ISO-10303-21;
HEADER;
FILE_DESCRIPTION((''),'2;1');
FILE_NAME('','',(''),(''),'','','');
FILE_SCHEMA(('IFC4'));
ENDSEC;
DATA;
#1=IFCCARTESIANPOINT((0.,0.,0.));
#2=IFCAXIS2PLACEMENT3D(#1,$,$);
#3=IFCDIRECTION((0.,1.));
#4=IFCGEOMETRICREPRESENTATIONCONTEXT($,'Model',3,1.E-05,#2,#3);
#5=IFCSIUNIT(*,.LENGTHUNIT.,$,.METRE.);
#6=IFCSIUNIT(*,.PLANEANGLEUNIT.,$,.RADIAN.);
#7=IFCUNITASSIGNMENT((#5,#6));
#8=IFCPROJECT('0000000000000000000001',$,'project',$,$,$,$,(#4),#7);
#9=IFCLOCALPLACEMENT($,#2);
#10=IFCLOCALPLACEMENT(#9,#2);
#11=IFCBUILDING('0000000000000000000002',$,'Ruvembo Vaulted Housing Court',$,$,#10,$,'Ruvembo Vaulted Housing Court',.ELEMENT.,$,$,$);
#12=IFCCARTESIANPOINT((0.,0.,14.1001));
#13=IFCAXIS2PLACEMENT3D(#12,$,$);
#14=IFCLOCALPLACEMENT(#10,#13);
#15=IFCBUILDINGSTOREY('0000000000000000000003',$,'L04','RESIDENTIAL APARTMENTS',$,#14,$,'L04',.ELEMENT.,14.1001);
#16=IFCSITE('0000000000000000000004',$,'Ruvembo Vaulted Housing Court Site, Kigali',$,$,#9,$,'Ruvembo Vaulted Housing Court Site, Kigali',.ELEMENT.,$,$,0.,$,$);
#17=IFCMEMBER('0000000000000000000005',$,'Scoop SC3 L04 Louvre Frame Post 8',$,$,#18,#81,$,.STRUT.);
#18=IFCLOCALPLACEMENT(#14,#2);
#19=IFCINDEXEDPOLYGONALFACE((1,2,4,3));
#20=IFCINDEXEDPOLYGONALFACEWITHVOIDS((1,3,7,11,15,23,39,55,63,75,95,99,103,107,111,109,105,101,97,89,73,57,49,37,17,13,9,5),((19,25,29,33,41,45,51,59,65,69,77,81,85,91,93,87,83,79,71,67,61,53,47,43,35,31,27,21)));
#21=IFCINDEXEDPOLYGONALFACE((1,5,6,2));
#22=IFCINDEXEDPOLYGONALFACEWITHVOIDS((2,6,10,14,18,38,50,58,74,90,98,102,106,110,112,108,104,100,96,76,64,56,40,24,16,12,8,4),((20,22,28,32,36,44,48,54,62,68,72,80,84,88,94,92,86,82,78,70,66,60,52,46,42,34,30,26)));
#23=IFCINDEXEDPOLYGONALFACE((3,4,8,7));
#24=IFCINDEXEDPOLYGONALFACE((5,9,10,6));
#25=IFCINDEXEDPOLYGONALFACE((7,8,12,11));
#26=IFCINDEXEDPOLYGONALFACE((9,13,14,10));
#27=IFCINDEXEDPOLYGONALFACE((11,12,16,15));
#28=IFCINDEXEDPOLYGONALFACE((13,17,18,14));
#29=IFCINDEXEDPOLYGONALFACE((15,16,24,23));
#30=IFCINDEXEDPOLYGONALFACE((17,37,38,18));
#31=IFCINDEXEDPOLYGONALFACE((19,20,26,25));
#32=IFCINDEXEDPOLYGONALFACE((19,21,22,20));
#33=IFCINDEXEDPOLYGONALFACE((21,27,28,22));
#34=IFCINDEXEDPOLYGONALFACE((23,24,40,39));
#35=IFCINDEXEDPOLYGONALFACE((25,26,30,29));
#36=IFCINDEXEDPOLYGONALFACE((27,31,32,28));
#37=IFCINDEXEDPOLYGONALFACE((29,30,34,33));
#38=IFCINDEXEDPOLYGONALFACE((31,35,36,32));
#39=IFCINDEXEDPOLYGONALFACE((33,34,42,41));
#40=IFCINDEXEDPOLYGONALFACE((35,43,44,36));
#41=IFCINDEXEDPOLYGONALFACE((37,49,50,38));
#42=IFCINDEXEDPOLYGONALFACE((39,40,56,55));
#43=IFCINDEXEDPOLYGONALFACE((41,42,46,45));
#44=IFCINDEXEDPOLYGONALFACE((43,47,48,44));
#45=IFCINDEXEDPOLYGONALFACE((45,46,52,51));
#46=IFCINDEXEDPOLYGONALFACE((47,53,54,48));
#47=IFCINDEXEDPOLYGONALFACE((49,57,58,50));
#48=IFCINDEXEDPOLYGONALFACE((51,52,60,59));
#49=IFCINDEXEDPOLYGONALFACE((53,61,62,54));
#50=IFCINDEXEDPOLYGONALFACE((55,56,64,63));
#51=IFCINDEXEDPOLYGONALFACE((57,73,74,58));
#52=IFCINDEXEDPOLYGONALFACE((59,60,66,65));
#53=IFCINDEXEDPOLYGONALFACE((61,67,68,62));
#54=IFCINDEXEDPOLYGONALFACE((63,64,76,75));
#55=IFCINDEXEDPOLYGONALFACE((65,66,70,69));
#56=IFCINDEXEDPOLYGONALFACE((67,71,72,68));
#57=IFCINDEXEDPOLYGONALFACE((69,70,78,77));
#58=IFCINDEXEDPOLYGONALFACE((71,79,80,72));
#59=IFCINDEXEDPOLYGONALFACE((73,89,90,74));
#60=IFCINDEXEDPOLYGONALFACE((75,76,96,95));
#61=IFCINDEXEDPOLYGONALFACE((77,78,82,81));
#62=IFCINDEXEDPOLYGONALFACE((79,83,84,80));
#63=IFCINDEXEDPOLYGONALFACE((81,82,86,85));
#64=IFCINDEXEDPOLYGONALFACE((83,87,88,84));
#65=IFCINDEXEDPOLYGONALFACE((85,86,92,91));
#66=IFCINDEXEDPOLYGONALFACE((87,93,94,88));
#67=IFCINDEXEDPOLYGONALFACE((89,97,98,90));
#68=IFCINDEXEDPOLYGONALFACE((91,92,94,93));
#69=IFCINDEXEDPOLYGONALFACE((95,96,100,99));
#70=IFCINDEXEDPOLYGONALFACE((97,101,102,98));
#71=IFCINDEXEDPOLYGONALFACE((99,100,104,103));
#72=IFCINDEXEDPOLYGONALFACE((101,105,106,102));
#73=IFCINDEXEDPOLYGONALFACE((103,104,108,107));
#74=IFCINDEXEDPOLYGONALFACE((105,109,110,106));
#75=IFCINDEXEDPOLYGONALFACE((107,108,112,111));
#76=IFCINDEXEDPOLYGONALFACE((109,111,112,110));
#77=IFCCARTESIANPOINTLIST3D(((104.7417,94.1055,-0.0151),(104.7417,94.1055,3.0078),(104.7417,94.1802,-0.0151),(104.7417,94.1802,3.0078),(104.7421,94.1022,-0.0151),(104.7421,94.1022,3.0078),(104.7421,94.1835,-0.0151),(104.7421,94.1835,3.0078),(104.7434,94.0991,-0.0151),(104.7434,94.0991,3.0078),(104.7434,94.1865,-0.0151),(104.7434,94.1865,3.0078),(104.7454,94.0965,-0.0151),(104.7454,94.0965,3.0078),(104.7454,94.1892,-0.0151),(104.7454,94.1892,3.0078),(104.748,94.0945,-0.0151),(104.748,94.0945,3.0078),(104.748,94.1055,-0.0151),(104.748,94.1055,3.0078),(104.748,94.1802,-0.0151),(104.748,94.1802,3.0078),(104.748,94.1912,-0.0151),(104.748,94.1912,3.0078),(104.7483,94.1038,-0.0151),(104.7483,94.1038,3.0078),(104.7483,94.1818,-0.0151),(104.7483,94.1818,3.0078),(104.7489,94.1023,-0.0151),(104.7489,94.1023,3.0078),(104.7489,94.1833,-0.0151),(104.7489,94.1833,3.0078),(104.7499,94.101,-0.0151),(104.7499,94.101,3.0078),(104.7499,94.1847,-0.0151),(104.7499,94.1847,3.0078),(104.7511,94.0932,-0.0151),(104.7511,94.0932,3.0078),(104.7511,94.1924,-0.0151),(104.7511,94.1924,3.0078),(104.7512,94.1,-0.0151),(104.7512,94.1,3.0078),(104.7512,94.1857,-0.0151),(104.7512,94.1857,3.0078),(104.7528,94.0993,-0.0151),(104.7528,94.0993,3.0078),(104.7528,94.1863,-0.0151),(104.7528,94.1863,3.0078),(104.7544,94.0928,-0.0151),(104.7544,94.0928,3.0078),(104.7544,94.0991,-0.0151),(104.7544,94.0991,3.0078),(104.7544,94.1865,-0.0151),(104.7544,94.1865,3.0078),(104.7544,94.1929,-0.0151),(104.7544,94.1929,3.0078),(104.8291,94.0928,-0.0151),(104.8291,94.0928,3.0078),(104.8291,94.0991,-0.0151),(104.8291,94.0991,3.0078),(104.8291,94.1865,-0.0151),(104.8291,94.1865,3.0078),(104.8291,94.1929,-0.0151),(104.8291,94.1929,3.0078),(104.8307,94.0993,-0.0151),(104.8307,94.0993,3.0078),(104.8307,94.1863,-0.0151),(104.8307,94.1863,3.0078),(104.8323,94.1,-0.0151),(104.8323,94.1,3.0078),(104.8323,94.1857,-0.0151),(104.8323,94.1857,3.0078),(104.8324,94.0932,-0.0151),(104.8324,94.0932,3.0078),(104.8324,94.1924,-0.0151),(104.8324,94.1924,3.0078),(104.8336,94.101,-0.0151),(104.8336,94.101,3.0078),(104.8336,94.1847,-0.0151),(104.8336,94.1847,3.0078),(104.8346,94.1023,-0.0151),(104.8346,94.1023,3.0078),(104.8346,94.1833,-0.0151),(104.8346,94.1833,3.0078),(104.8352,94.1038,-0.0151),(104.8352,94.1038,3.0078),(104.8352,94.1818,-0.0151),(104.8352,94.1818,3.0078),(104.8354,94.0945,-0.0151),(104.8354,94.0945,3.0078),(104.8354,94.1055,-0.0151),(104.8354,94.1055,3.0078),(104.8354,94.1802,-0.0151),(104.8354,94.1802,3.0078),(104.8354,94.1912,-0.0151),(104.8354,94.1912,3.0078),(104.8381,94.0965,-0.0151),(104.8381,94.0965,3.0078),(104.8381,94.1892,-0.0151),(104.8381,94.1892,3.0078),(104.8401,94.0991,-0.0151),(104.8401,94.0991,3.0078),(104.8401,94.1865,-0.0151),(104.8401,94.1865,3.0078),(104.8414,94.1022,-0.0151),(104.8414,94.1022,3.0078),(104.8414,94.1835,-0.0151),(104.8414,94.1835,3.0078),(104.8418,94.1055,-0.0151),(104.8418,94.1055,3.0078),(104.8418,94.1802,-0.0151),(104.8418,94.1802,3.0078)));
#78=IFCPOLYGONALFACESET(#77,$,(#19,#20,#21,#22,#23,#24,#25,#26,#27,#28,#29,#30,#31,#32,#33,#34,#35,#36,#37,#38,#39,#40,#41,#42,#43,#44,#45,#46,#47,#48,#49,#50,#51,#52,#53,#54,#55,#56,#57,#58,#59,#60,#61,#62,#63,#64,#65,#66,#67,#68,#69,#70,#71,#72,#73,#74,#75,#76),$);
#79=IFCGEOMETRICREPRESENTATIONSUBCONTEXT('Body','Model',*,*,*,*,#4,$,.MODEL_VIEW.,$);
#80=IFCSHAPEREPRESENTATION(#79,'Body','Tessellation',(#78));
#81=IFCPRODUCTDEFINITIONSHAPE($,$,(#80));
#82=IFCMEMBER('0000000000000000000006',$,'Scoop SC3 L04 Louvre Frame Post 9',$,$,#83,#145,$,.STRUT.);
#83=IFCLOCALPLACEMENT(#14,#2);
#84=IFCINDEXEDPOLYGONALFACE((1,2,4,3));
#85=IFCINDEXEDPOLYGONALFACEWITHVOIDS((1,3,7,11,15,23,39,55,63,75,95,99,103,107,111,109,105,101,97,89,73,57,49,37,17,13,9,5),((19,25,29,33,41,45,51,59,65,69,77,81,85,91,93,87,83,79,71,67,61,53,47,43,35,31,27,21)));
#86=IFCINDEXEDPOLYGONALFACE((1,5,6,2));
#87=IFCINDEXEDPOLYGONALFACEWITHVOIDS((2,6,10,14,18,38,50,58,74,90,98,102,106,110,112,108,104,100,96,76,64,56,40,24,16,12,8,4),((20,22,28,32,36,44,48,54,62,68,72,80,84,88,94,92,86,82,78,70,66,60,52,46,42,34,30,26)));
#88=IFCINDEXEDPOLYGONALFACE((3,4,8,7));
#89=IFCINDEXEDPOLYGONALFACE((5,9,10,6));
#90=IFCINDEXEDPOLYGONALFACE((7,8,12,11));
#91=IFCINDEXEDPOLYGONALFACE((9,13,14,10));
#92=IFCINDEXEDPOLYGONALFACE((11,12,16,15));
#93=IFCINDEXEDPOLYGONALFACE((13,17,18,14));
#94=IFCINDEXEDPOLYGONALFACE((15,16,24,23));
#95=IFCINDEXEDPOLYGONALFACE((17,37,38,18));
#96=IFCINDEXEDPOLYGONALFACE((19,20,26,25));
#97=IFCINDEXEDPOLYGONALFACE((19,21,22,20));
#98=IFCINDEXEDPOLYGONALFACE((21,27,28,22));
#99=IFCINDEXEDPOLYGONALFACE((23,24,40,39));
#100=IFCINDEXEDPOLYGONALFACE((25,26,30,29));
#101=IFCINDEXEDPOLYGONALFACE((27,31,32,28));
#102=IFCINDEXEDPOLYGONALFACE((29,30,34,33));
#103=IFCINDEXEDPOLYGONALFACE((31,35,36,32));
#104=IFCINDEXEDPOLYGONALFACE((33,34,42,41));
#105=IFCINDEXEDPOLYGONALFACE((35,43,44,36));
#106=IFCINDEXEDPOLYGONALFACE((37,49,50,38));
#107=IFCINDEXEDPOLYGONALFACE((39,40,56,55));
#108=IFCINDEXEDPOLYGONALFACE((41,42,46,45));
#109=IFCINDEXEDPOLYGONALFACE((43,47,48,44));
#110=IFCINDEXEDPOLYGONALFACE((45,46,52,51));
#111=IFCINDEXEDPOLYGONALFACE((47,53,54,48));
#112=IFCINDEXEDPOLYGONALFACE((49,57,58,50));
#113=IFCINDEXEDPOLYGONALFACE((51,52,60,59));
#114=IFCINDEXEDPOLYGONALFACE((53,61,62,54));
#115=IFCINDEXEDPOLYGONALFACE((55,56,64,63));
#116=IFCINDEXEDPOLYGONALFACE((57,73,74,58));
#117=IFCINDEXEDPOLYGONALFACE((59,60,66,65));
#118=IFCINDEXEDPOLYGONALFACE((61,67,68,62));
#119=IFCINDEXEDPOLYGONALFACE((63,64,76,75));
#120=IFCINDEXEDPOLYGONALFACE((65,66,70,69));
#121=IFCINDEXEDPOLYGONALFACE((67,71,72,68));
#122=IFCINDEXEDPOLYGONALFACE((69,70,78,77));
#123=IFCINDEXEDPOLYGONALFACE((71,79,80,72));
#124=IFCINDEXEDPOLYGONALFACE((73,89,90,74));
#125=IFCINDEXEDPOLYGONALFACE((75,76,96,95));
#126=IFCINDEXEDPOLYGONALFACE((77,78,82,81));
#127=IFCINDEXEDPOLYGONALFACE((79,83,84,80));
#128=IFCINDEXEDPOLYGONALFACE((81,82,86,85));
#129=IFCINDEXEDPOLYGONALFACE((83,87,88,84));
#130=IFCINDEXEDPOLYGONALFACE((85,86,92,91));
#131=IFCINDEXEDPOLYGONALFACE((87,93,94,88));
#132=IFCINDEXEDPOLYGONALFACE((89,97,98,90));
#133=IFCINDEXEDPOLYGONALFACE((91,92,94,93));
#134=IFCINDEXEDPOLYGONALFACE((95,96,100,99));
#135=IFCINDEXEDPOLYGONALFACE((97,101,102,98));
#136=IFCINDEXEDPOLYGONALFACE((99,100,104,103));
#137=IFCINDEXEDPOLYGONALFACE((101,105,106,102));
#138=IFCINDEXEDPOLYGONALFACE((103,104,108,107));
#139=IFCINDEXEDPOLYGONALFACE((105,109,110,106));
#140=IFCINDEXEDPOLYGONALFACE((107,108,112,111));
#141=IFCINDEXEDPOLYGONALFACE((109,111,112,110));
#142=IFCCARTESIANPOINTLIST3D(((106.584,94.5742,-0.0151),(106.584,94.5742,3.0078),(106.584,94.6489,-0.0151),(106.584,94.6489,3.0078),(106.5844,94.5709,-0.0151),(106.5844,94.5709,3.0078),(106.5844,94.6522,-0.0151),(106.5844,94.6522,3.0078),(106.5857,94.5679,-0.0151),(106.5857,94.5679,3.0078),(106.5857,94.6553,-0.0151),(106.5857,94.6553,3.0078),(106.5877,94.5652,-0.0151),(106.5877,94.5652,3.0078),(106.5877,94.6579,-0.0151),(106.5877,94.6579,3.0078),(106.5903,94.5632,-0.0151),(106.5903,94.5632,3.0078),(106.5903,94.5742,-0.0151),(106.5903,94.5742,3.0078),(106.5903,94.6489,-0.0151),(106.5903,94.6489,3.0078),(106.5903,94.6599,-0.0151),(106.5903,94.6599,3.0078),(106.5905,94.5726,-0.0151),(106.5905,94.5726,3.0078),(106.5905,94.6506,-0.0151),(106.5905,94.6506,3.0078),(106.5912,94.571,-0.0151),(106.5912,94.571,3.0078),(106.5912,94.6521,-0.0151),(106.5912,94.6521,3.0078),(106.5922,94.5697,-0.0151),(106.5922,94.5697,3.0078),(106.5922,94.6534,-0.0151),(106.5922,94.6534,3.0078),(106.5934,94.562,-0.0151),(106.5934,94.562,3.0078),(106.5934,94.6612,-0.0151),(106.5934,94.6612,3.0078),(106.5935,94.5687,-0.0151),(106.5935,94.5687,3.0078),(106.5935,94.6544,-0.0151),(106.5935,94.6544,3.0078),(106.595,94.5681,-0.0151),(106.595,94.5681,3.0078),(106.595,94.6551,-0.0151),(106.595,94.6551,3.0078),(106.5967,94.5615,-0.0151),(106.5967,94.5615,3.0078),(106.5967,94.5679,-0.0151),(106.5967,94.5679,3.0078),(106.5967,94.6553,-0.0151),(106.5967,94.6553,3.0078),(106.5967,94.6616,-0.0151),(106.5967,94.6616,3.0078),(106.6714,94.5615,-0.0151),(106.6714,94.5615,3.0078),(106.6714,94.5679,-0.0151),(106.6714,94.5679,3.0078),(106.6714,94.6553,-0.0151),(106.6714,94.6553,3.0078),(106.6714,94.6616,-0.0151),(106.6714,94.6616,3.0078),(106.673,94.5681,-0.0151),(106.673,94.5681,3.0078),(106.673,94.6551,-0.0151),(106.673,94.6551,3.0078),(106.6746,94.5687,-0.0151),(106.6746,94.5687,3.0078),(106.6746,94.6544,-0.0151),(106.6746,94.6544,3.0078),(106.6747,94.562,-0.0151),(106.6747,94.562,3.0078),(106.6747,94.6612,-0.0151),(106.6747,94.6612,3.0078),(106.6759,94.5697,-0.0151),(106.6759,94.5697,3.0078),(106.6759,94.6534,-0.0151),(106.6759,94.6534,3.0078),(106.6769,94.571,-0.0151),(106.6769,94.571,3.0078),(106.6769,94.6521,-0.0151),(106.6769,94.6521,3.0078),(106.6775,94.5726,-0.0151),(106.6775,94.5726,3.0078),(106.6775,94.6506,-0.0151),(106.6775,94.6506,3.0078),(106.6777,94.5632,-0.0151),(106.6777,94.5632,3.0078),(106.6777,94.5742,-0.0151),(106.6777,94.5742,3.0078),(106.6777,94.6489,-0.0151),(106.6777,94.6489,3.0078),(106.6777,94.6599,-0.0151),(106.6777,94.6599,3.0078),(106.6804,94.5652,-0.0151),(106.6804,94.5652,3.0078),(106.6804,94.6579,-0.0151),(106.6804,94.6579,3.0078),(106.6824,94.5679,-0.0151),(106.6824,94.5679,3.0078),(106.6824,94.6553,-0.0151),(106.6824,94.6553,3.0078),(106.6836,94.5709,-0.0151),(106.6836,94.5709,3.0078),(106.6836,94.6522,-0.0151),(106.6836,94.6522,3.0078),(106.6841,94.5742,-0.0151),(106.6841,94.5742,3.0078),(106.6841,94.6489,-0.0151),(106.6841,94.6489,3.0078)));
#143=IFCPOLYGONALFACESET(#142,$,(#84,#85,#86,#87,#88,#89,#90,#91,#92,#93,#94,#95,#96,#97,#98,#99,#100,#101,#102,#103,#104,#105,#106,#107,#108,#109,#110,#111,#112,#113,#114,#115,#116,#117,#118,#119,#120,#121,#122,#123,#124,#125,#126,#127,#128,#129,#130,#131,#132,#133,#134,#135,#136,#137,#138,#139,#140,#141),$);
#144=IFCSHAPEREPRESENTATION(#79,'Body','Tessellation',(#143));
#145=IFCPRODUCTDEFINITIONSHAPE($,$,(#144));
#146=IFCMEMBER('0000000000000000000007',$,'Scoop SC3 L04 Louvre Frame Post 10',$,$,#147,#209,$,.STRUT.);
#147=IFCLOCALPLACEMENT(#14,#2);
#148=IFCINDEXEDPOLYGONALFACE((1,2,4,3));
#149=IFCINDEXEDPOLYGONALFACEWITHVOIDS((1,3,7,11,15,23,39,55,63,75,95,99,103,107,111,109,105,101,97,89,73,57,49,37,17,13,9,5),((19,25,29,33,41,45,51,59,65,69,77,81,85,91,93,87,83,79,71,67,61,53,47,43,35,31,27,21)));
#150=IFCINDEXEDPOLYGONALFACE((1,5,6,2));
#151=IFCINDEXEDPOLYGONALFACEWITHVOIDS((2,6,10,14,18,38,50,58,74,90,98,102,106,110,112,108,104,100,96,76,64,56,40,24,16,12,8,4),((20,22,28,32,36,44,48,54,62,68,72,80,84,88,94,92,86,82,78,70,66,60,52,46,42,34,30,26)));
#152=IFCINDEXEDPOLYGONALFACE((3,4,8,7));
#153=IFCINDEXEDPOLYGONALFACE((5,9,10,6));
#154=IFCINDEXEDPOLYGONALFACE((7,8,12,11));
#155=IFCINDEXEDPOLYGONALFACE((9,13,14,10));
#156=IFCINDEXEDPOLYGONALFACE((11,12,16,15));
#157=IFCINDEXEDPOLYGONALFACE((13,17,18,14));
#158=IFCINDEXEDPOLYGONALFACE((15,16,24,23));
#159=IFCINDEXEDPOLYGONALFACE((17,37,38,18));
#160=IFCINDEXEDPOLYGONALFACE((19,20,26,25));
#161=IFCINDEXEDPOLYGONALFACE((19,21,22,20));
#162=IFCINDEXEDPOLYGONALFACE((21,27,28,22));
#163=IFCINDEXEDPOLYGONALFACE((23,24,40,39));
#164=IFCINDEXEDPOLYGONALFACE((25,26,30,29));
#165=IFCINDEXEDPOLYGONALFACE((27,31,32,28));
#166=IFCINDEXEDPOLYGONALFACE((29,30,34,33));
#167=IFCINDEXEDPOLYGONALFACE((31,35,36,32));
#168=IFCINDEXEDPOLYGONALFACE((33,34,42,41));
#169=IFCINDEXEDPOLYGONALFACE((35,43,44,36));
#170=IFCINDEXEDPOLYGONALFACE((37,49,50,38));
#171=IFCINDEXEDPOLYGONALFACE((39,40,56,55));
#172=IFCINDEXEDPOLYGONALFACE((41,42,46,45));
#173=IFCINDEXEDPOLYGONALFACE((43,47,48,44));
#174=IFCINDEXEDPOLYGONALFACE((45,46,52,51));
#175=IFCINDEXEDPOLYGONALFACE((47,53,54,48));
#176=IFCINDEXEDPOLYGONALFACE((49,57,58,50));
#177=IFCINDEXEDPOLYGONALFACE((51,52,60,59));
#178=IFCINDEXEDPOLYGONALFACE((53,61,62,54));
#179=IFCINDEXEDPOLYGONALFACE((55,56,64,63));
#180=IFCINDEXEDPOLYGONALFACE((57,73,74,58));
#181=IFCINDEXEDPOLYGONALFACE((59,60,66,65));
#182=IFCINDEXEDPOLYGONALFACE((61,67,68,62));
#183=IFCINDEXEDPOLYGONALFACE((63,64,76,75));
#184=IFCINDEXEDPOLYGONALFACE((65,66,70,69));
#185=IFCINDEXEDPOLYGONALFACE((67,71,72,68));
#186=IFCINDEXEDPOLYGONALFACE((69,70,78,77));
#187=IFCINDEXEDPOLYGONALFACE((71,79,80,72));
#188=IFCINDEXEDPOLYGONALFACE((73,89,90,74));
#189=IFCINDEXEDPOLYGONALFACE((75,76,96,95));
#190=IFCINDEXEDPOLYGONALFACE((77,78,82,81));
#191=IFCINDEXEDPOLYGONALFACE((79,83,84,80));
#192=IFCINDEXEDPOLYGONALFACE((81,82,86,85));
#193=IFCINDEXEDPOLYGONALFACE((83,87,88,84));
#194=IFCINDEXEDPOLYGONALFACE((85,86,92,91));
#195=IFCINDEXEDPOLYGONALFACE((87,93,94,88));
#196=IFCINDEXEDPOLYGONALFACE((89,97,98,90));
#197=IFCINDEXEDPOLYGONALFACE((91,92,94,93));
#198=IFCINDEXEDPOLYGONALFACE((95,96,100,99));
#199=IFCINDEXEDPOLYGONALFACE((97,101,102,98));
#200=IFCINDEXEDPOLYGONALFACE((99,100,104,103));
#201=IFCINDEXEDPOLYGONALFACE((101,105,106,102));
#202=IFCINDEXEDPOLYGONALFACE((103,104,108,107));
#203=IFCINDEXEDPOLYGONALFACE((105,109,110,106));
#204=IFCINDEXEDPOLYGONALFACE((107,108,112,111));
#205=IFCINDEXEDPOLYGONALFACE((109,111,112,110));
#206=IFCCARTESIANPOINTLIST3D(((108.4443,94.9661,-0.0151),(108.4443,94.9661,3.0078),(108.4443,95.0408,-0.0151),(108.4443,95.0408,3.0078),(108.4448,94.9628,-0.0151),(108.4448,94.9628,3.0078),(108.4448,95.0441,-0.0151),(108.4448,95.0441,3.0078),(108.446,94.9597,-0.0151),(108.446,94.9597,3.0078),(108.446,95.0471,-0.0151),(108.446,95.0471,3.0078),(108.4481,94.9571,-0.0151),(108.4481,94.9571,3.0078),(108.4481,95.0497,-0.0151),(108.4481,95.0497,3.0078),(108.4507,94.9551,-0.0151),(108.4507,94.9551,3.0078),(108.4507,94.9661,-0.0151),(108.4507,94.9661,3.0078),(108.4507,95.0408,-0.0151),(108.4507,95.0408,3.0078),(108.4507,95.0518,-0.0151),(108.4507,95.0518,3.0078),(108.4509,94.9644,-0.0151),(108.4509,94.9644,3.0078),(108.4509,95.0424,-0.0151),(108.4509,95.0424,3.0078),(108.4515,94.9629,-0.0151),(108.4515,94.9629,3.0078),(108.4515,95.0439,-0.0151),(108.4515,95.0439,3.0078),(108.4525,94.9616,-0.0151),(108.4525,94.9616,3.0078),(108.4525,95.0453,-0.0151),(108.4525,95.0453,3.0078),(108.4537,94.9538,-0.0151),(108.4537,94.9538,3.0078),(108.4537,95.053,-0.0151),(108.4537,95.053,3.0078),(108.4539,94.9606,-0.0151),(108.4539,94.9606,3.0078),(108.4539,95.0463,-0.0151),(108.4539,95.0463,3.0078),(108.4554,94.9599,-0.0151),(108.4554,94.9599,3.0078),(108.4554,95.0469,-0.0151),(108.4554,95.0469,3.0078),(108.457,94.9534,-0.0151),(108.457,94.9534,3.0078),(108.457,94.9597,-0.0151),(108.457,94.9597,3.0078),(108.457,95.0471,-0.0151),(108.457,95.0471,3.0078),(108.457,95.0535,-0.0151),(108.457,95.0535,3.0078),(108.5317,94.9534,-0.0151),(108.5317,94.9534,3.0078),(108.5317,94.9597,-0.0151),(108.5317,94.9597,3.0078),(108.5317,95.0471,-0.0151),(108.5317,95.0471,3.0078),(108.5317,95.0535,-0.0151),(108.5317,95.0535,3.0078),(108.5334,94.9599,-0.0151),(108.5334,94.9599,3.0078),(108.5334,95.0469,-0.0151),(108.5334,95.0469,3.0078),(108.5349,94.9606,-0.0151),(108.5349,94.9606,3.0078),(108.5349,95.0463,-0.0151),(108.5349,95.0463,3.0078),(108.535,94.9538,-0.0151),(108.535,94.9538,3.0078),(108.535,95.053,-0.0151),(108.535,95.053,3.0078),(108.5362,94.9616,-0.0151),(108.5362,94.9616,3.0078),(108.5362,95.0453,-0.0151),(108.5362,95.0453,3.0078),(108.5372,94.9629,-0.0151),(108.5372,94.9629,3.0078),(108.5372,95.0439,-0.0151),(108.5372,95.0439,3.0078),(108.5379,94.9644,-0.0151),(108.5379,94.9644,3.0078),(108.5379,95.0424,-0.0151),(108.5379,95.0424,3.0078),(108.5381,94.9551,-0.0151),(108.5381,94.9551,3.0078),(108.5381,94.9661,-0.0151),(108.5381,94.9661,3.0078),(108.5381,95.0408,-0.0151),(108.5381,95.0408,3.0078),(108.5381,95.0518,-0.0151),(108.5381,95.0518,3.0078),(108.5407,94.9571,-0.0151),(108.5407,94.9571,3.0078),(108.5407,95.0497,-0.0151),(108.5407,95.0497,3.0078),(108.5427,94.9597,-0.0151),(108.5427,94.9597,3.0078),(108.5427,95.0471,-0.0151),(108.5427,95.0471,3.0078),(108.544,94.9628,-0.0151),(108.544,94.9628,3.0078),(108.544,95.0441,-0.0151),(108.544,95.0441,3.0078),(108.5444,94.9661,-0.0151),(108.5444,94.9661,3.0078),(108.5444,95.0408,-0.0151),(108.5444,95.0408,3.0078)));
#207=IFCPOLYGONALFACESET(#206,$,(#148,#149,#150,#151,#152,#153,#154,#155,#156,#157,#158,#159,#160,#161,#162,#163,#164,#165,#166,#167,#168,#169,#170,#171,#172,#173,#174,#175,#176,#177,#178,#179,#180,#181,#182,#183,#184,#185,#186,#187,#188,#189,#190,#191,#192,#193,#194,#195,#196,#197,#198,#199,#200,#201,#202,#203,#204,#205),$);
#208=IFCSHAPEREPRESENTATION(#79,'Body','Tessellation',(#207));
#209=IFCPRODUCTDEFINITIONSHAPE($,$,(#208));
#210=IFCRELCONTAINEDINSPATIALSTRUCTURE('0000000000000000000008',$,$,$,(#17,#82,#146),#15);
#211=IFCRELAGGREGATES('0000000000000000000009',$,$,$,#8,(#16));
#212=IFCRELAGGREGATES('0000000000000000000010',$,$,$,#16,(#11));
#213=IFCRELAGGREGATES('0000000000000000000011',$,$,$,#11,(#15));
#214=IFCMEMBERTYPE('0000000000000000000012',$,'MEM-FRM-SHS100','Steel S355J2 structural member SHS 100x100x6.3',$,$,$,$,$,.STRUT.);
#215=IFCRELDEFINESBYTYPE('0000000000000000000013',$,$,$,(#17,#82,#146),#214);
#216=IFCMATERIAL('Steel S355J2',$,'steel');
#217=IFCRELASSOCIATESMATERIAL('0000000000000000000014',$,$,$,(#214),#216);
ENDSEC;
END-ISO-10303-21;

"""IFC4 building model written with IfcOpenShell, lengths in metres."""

from ifc_helpers import new_model, si_unit, direction, frame, origin, origin_2d, place, context, subcontext, project, spatial, hollow_rectangle, extrude, material, material_profile, profile_set, type_object, element, save


model = new_model("IFC4")

# Units and contexts
model_context = context("Model", 3, precision=1e-05, world=origin(), true_north=direction((0.0, 1.0)))
body_context = subcontext(model_context, "Body", "Model", "MODEL_VIEW")
ifc_project = project(units=[si_unit("LENGTHUNIT", "METRE"), si_unit("PLANEANGLEUNIT", "RADIAN")], contexts=[model_context])

# Site, building, storey
site_placement = place(None, origin())
site = spatial("IfcSite", under=ifc_project, at=site_placement, Name="Ruvembo Vaulted Housing Court Site, Kigali", LongName="Ruvembo Vaulted Housing Court Site, Kigali", CompositionType="ELEMENT", RefElevation=0.0)
building_placement = place(site_placement, origin())
building = spatial("IfcBuilding", under=site, at=building_placement, Name="Ruvembo Vaulted Housing Court", LongName="Ruvembo Vaulted Housing Court", CompositionType="ELEMENT")
storey_placement = place(building_placement, frame((0.0, 0.0, 14.1001)))
storey = spatial("IfcBuildingStorey", under=building, at=storey_placement, Name="L04", Description="RESIDENTIAL APARTMENTS", LongName="L04", CompositionType="ELEMENT", Elevation=14.1001)

# Shared definitions
ifc_material_1 = material(Name="Steel S355J2", Category="steel")

# Members
ifc_material_profile_1 = material_profile(ifc_material_1, hollow_rectangle(XDim=0.1001, YDim=0.1001, WallThickness=0.0063, InnerFilletRadius=0.0063, OuterFilletRadius=0.0127, at=origin_2d()), Name="SHS 100x100x6.3")
ifc_profile_set_1 = profile_set([ifc_material_profile_1], Name="Steel S355J2")
member_type_1 = type_object("IfcMemberType", Name="MEM-FRM-SHS100", Description="Steel S355J2 structural member SHS 100x100x6.3", PredefinedType="STRUT", material=ifc_profile_set_1)
for number, where, z_axis, x_axis, name in (
    (1, (104.7917, 94.1428, -0.0151), (0.0, 0.0, 1.0), (1.0, 0.0, 0.0), "Scoop SC3 L04 Louvre Frame Post 8"),
    (2, (106.634, 94.6116, -0.0151), (0.0, 0.0, 1.0), (1.0, 0.0, 0.0), "Scoop SC3 L04 Louvre Frame Post 9"),
    (3, (108.4944, 95.0034, -0.0151), (0.0, 0.0, 1.0), (1.0, 0.0, 0.0), "Scoop SC3 L04 Louvre Frame Post 10"),
):
    element("IfcMember", number, at=place(storey_placement, frame(where, z_axis=z_axis, x_axis=x_axis)), inside=storey, type_object=member_type_1, Name=name, PredefinedType="STRUT", context=body_context, shape_type="SweptSolid", body=[
        extrude(hollow_rectangle(XDim=0.1001, YDim=0.1001, WallThickness=0.0063, InnerFilletRadius=0.0063, OuterFilletRadius=0.0127, at=origin_2d()), origin(), (0.0, 0.0, 1.0), 3.0229),
    ])

save(model, "model.ifc")
